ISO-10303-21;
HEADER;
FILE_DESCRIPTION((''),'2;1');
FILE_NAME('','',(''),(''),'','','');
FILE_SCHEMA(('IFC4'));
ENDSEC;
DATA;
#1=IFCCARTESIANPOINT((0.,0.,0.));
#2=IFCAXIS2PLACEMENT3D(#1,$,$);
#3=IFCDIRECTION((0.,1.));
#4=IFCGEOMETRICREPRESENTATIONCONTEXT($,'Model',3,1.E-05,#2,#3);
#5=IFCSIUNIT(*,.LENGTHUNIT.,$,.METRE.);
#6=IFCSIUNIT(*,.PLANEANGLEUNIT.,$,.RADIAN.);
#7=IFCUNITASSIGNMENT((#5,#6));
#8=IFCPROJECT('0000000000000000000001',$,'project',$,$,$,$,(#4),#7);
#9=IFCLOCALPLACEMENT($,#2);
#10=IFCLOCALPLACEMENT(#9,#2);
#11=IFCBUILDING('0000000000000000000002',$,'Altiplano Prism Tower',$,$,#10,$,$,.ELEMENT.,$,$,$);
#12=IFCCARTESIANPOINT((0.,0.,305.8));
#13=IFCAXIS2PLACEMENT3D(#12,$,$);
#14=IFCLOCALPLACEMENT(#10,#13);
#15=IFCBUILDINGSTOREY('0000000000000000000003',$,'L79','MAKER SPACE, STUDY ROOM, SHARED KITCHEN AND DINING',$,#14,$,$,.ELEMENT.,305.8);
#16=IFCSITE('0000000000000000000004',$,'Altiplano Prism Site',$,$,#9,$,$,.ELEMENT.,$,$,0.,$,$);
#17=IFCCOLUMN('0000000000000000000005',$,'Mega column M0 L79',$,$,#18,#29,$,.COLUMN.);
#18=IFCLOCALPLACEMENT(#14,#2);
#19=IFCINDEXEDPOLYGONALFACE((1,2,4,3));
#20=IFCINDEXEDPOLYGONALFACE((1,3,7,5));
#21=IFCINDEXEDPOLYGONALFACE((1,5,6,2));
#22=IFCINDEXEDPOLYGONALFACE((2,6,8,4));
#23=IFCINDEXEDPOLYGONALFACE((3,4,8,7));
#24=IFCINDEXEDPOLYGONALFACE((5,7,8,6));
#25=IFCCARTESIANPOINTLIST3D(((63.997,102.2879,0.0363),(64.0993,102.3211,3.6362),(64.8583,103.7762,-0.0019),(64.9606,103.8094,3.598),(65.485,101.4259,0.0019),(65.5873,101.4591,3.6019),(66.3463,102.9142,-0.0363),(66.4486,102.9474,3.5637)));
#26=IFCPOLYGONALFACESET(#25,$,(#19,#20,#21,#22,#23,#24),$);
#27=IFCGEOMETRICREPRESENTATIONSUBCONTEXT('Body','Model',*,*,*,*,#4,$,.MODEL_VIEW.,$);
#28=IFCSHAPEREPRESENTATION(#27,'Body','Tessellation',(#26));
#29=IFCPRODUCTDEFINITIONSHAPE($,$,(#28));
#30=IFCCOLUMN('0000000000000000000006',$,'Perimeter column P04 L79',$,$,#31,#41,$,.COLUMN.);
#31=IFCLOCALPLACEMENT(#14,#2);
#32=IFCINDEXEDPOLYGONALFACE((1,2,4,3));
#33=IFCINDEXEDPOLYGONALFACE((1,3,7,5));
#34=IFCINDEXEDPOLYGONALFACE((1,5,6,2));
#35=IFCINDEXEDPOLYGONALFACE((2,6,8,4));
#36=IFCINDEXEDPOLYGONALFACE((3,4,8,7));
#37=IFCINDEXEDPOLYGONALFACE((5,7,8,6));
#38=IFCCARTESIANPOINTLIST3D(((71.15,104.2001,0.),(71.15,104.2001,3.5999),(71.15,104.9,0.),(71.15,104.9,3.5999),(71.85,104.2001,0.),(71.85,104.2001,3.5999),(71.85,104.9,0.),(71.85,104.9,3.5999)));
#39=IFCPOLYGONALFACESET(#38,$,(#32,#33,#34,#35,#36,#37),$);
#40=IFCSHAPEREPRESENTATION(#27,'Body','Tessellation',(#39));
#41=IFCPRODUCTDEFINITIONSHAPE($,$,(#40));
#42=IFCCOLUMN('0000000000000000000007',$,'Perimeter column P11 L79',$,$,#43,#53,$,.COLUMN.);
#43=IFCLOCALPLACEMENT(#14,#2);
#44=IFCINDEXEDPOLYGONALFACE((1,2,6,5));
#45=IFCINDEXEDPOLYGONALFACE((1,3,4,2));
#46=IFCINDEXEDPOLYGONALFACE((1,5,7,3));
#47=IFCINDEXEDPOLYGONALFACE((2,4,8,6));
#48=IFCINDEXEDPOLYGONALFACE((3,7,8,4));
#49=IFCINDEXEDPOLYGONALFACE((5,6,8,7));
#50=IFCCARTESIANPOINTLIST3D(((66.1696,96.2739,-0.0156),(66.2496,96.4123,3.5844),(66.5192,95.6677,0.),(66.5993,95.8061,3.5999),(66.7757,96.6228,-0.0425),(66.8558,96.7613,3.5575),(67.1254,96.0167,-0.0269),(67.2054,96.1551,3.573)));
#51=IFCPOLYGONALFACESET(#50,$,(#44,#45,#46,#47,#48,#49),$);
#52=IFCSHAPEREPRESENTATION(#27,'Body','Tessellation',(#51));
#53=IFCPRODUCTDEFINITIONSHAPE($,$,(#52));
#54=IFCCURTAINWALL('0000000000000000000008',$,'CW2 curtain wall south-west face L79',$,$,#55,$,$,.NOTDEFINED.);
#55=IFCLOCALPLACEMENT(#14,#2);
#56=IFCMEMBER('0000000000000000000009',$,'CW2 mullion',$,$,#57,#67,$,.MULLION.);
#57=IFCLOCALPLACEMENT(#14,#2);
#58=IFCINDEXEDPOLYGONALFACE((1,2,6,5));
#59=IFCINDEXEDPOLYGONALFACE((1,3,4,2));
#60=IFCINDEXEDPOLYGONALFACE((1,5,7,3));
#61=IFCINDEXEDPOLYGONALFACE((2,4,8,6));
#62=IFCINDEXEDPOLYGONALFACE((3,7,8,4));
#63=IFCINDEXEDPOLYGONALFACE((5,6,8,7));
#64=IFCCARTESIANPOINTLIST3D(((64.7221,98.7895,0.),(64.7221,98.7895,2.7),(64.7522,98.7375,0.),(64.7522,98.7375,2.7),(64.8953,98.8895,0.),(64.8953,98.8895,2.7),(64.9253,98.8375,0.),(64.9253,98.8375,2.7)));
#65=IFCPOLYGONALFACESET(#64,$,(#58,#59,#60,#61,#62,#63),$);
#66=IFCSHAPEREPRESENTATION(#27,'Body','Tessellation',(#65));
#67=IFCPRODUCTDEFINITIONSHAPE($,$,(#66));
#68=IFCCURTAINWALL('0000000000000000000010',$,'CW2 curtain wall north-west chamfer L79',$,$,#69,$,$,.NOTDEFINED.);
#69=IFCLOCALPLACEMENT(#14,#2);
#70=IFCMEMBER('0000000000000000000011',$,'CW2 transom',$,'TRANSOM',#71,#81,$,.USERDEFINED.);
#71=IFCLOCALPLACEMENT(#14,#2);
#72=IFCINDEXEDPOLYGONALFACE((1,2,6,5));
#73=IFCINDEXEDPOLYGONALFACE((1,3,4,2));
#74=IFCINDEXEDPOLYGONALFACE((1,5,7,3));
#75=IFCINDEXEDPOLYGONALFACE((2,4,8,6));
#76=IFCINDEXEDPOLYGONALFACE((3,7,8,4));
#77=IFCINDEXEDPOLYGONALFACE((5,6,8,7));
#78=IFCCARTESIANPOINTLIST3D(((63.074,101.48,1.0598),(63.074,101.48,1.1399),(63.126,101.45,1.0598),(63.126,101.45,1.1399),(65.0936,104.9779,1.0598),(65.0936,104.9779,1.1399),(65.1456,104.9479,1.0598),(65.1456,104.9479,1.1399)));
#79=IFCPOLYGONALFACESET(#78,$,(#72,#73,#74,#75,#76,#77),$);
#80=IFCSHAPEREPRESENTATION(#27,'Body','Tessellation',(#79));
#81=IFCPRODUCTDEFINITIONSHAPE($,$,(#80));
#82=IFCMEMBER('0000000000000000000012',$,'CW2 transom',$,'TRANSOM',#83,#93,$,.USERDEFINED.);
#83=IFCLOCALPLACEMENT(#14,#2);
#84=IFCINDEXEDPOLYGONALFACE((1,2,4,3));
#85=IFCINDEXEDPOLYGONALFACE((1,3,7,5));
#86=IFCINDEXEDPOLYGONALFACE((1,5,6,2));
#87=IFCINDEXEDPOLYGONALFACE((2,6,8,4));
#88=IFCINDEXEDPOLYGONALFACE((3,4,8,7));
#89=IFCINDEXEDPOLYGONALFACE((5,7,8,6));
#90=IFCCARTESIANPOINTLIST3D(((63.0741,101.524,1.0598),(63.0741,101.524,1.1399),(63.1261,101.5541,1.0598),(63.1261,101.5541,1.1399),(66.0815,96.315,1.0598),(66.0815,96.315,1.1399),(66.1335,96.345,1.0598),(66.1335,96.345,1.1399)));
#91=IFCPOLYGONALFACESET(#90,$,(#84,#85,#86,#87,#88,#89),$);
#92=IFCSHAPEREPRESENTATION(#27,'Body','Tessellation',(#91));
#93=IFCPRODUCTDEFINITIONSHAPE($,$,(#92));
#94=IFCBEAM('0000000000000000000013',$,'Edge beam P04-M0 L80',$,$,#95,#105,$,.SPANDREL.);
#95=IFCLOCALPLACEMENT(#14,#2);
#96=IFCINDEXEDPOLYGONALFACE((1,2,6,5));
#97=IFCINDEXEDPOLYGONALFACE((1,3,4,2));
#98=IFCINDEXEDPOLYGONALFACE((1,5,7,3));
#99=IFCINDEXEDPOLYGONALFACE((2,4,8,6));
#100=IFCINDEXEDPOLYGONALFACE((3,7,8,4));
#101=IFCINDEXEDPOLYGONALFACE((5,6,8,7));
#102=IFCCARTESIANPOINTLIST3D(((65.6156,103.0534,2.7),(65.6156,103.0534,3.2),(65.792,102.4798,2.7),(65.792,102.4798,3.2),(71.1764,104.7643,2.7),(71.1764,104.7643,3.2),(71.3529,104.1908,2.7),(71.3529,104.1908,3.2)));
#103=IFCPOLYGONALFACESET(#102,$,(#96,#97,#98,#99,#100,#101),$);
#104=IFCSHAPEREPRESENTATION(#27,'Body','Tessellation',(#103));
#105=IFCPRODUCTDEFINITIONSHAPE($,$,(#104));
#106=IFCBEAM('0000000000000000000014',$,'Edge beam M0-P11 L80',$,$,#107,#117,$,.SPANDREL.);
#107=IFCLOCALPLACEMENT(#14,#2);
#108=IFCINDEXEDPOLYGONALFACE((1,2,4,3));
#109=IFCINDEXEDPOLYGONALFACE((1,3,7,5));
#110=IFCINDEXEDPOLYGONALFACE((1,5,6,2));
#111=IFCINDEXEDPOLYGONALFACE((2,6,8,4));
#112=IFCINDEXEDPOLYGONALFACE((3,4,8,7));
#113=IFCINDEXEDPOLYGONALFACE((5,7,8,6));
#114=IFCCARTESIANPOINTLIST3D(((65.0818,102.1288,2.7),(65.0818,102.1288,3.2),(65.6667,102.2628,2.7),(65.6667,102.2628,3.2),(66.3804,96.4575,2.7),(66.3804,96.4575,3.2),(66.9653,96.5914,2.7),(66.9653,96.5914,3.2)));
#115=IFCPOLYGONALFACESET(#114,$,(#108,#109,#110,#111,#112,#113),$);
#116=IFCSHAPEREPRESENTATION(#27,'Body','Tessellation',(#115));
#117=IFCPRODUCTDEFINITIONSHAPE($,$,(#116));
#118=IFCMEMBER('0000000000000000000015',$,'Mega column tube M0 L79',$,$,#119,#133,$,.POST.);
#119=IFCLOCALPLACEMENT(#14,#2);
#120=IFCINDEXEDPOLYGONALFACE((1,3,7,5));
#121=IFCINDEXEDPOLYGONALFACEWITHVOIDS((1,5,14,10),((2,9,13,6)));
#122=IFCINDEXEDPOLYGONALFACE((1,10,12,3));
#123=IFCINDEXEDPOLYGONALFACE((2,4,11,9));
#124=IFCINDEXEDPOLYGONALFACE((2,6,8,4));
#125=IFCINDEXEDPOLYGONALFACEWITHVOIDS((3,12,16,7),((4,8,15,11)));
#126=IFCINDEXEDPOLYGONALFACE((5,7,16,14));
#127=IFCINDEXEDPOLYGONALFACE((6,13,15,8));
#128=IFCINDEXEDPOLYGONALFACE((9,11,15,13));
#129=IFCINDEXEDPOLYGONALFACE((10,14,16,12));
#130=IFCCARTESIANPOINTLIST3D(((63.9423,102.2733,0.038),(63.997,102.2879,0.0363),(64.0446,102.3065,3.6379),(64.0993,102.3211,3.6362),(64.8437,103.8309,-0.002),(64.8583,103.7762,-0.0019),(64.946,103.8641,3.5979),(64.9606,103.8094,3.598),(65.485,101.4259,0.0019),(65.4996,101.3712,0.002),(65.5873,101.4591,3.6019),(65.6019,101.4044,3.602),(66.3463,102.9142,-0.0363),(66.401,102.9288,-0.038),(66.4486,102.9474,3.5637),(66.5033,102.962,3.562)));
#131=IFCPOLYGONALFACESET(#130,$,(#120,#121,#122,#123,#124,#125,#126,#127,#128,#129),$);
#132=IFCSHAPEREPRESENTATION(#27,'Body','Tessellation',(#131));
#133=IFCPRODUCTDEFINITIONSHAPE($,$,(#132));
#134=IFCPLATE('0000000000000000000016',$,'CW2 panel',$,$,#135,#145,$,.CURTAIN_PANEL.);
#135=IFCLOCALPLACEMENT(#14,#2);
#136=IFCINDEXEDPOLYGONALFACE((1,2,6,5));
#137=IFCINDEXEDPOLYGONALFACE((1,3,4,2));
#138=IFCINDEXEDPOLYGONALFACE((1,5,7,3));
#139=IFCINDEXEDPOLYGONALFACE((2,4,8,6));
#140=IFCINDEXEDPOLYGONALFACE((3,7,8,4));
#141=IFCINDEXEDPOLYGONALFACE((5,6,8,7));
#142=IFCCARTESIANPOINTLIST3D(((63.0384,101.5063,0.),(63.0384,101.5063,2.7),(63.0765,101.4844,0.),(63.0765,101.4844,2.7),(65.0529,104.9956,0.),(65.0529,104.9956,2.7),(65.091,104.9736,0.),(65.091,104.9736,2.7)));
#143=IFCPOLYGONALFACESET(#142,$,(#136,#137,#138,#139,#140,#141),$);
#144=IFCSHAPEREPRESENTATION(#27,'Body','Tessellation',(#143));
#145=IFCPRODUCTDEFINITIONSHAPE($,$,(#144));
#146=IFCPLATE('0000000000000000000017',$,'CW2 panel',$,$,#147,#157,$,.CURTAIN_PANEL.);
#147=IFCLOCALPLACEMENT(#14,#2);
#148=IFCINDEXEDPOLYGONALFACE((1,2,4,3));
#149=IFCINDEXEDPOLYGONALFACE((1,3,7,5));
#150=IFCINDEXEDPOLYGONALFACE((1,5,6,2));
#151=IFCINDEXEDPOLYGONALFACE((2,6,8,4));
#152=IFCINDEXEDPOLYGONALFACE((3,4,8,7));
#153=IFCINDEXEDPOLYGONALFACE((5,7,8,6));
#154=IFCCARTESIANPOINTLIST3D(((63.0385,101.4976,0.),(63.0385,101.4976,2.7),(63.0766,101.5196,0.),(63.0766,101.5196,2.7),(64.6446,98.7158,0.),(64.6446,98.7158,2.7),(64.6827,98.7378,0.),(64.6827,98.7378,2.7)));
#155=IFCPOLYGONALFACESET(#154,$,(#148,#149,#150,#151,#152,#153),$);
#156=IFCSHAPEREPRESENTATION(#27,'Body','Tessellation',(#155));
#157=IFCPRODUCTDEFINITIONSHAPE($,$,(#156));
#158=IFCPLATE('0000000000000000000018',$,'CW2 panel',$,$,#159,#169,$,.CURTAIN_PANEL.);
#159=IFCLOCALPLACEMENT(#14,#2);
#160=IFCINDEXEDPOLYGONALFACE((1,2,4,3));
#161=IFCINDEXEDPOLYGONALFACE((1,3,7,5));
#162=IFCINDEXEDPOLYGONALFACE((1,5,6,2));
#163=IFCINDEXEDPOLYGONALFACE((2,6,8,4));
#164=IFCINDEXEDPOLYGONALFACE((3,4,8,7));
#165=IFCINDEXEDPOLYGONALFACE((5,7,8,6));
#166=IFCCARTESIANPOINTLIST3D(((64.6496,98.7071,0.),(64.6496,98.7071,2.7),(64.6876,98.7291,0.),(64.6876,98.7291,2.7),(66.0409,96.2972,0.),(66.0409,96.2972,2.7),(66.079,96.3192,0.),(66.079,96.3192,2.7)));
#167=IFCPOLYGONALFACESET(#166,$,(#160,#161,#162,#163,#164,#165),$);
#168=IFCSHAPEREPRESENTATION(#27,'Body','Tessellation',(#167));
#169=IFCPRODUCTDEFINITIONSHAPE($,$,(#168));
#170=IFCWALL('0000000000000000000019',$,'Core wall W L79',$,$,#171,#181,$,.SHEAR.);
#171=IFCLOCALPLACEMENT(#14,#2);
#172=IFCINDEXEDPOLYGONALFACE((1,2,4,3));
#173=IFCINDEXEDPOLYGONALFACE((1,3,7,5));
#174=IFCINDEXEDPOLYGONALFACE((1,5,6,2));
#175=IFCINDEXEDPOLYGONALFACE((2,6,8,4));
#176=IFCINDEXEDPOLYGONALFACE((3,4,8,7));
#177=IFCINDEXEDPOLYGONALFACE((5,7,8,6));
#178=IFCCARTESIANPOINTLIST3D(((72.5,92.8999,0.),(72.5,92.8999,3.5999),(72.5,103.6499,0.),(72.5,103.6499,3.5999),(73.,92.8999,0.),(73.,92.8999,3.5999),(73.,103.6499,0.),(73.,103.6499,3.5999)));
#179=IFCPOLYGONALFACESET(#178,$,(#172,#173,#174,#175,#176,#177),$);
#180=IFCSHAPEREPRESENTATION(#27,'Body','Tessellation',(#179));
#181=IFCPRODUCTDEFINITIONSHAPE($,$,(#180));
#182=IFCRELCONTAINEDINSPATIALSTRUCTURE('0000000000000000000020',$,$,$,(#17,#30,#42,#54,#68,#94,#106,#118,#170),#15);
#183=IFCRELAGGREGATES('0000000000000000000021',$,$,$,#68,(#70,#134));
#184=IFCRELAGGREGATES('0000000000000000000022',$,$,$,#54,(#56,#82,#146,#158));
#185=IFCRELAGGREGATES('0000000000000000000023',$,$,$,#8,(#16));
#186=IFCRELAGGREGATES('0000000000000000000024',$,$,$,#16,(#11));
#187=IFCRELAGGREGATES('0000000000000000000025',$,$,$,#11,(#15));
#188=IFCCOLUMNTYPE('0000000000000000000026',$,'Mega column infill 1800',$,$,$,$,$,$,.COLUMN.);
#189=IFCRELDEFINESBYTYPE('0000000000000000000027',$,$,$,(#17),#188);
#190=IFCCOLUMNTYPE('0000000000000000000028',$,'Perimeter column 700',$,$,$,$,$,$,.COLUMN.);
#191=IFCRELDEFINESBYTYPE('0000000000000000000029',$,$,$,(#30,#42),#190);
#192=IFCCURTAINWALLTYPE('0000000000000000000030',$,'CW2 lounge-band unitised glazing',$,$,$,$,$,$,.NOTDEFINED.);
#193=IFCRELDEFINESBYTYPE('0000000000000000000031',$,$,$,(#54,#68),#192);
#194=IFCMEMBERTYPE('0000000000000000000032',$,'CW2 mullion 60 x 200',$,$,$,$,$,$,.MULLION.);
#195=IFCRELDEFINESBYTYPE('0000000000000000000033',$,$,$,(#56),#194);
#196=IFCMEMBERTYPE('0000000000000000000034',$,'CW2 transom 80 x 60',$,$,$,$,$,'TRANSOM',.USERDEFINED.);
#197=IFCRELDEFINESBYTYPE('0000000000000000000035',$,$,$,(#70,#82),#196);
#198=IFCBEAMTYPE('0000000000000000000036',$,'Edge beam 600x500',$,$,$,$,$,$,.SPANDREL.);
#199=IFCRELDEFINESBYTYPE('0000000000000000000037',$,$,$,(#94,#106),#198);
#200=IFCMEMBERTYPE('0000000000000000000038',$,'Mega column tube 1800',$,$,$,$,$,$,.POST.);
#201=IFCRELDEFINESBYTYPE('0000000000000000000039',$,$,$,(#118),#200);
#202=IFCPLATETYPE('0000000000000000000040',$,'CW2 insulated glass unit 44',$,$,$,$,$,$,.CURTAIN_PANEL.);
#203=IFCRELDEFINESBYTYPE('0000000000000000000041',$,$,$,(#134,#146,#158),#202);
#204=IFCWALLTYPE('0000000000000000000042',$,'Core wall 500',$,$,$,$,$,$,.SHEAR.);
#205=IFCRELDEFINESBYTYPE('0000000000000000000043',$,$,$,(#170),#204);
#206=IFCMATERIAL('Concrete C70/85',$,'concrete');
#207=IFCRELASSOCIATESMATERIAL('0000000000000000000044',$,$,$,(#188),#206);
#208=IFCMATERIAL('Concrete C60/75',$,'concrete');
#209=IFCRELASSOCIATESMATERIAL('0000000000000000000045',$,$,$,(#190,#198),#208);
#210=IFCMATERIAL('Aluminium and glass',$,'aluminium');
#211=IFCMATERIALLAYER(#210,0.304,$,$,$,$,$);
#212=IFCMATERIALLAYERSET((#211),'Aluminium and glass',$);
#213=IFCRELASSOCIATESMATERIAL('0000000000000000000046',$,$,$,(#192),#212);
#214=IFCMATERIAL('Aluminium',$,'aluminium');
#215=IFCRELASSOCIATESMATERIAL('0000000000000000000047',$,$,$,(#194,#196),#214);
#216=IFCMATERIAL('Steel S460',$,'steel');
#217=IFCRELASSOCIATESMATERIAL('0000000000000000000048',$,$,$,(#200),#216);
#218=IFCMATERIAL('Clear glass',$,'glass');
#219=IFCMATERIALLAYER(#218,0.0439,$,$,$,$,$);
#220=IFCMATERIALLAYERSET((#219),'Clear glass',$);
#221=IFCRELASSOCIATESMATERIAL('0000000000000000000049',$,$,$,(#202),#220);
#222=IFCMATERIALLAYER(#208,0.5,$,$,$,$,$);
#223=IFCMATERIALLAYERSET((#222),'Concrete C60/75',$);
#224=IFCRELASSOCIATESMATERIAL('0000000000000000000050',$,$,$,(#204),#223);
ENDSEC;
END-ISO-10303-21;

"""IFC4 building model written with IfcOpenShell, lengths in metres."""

from ifc_helpers import new_model, si_unit, direction, frame, frame_2d, origin, origin_2d, place, context, subcontext, project, spatial, rectangle, hollow_rectangle, extrude, material, layer, layer_set, material_profile, profile_set, type_object, element, aggregate, save


model = new_model("IFC4")

# Units and contexts
model_context = context("Model", 3, precision=1e-05, world=origin(), true_north=direction((0.0, 1.0)))
body_context = subcontext(model_context, "Body", "Model", "MODEL_VIEW")
ifc_project = project(units=[si_unit("LENGTHUNIT", "METRE"), si_unit("PLANEANGLEUNIT", "RADIAN")], contexts=[model_context])

# Site, building, storey
site_placement = place(None, origin())
site = spatial("IfcSite", under=ifc_project, at=site_placement, Name="Altiplano Prism Site", CompositionType="ELEMENT", RefElevation=0.0)
building_placement = place(site_placement, origin())
building = spatial("IfcBuilding", under=site, at=building_placement, Name="Altiplano Prism Tower", CompositionType="ELEMENT")
storey_placement = place(building_placement, frame((0.0, 0.0, 305.8)))
storey = spatial("IfcBuildingStorey", under=building, at=storey_placement, Name="L79", Description="MAKER SPACE, STUDY ROOM, SHARED KITCHEN AND DINING", CompositionType="ELEMENT", Elevation=305.8)

# Columns
ifc_material_1 = material(Name="Concrete C70/85", Category="concrete")
ifc_material_profile_1 = material_profile(ifc_material_1, rectangle(XDim=1.72, YDim=1.72, at=origin_2d()), Name="Mega column infill 1800")
ifc_profile_set_1 = profile_set([ifc_material_profile_1], Name="Concrete C70/85")
column_type_1 = type_object("IfcColumnType", Name="Mega column infill 1800", PredefinedType="COLUMN", material=ifc_profile_set_1)
column_1_placement = place(storey_placement, frame((65.1716, 102.6011, 0.0), z_axis=(0.028404, 0.009219, 0.999554), x_axis=(-0.865123, 0.501162, 0.019961)))
element("IfcColumn", 1, at=column_1_placement, inside=storey, type_object=column_type_1, Name="Mega column M0 L79", PredefinedType="COLUMN", context=body_context, shape_type="SweptSolid", body=[
    extrude(rectangle(XDim=1.72, YDim=1.72, at=origin_2d()), origin(), (0.0, 0.0, 1.0), 3.6016),
])
ifc_material_2 = material(Name="Concrete C60/75", Category="concrete")
ifc_material_profile_2 = material_profile(ifc_material_2, rectangle(XDim=0.7, YDim=0.7, at=origin_2d()), Name="Perimeter column 700")
ifc_profile_set_2 = profile_set([ifc_material_profile_2], Name="Concrete C60/75")
column_type_2 = type_object("IfcColumnType", Name="Perimeter column 700", PredefinedType="COLUMN", material=ifc_profile_set_2)
column_2_placement = place(storey_placement, frame((71.5, 104.55, 0.0), z_axis=(0.0, 0.0, 1.0), x_axis=(1.0, 0.0, 0.0)))
element("IfcColumn", 2, at=column_2_placement, inside=storey, type_object=column_type_2, Name="Perimeter column P04 L79", PredefinedType="COLUMN", context=body_context, shape_type="SweptSolid", body=[
    extrude(rectangle(XDim=0.7, YDim=0.7, at=origin_2d()), origin(), (0.0, 0.0, 1.0), 3.5999),
])
column_3_placement = place(storey_placement, frame((66.6475, 96.1453, -0.0212), z_axis=(0.022223, 0.038416, 0.999015), x_axis=(-0.866019, -0.498532, 0.038435)))
element("IfcColumn", 3, at=column_3_placement, inside=storey, type_object=column_type_2, Name="Perimeter column P11 L79", PredefinedType="COLUMN", context=body_context, shape_type="SweptSolid", body=[
    extrude(rectangle(XDim=0.7, YDim=0.7, at=origin_2d()), origin(), (0.0, 0.0, 1.0), 3.6035),
])

# Curtain walls, members
ifc_material_3 = material(Name="Aluminium and glass", Category="aluminium")
ifc_layer_1 = layer(ifc_material_3, 0.304)
ifc_layer_set_1 = layer_set([ifc_layer_1], Name="Aluminium and glass")
curtain_wall_type = type_object("IfcCurtainWallType", Name="CW2 lounge-band unitised glazing", PredefinedType="NOTDEFINED", material=ifc_layer_set_1)
curtain_wall_1_placement = place(storey_placement, origin())
curtain_wall_1 = element("IfcCurtainWall", 4, at=curtain_wall_1_placement, inside=storey, type_object=curtain_wall_type, Name="CW2 curtain wall south-west face L79", PredefinedType="NOTDEFINED")
ifc_material_4 = material(Name="Aluminium", Category="aluminium")
ifc_material_profile_3 = material_profile(ifc_material_4, rectangle(XDim=0.2, YDim=0.0601, at=origin_2d()), Name="CW2 mullion 60 x 200")
ifc_profile_set_3 = profile_set([ifc_material_profile_3], Name="Aluminium")
member_type_1 = type_object("IfcMemberType", Name="CW2 mullion 60 x 200", PredefinedType="MULLION", material=ifc_profile_set_3)
member_1_placement = place(storey_placement, frame((64.8237, 98.8135, 0.0), z_axis=(0.0, 0.0, 1.0), x_axis=(0.866025, 0.5, 0.0)))
member_1 = element("IfcMember", 5, at=member_1_placement, type_object=member_type_1, Name="CW2 mullion", PredefinedType="MULLION", context=body_context, shape_type="SweptSolid", body=[
    extrude(rectangle(XDim=0.2, YDim=0.0601, at=origin_2d()), origin(), (0.0, 0.0, 1.0), 2.7),
])
curtain_wall_2_placement = place(storey_placement, origin())
curtain_wall_2 = element("IfcCurtainWall", 6, at=curtain_wall_2_placement, inside=storey, type_object=curtain_wall_type, Name="CW2 curtain wall north-west chamfer L79", PredefinedType="NOTDEFINED")
ifc_material_profile_4 = material_profile(ifc_material_4, rectangle(XDim=0.0601, YDim=0.0801, at=origin_2d()), Name="CW2 transom 80 x 60")
ifc_profile_set_4 = profile_set([ifc_material_profile_4], Name="Aluminium")
member_type_2 = type_object("IfcMemberType", Name="CW2 transom 80 x 60", ElementType="TRANSOM", PredefinedType="USERDEFINED", material=ifc_profile_set_4)
member_2_placement = place(storey_placement, frame((65.1196, 104.9629, 1.0999), z_axis=(-0.500014, -0.866017, 0.0), x_axis=(0.866017, -0.500014, 0.0)))
member_2 = element("IfcMember", 7, at=member_2_placement, type_object=member_type_2, Name="CW2 transom", ObjectType="TRANSOM", PredefinedType="USERDEFINED", context=body_context, shape_type="SweptSolid", body=[
    extrude(rectangle(XDim=0.0601, YDim=0.0801, at=origin_2d()), origin(), (0.0, 0.0, 1.0), 4.0391),
])

# Member
member_3_placement = place(storey_placement, frame((63.1001, 101.5391, 1.0999), z_axis=(0.499989, -0.866031, 0.0), x_axis=(0.866031, 0.499989, 0.0)))
member_3 = element("IfcMember", 8, at=member_3_placement, type_object=member_type_2, Name="CW2 transom", ObjectType="TRANSOM", PredefinedType="USERDEFINED", context=body_context, shape_type="SweptSolid", body=[
    extrude(rectangle(XDim=0.0601, YDim=0.0801, at=origin_2d()), origin(), (0.0, 0.0, 1.0), 6.0149),
])

# Beams
ifc_material_profile_5 = material_profile(ifc_material_2, rectangle(XDim=0.6001, YDim=0.5, at=origin_2d()), Name="Edge beam 600x500")
ifc_profile_set_5 = profile_set([ifc_material_profile_5], Name="Concrete C60/75")
beam_type = type_object("IfcBeamType", Name="Edge beam 600x500", PredefinedType="SPANDREL", material=ifc_profile_set_5)
for number, where, z_axis, x_axis, name in (
    (9, (71.2646, 104.4775, 2.95), (-0.955783, -0.294074, 0.0), (0.294074, -0.955783, 0.0), "Edge beam P04-M0 L80"),
    (10, (65.3743, 102.1958, 2.95), (0.223195, -0.974774, 0.0), (0.974774, 0.223195, 0.0), "Edge beam M0-P11 L80"),
):
    element("IfcBeam", number, at=place(storey_placement, frame(where, z_axis=z_axis, x_axis=x_axis)), inside=storey, type_object=beam_type, Name=name, PredefinedType="SPANDREL", context=body_context, shape_type="SweptSolid", body=[
        extrude(rectangle(XDim=0.6001, YDim=0.5, at=origin_2d()), origin(), (0.0, 0.0, 1.0), 5.8181),
    ])

# Member
ifc_material_5 = material(Name="Steel S460", Category="steel")
ifc_material_profile_6 = material_profile(ifc_material_5, hollow_rectangle(XDim=1.8, YDim=1.8, WallThickness=0.04, at=origin_2d()), Name="Mega column tube 1800")
ifc_profile_set_6 = profile_set([ifc_material_profile_6], Name="Steel S460")
member_type_3 = type_object("IfcMemberType", Name="Mega column tube 1800", PredefinedType="POST", material=ifc_profile_set_6)
member_4_placement = place(storey_placement, frame((65.1716, 102.6011, 0.0), z_axis=(0.028404, 0.009219, 0.999554), x_axis=(-0.865123, 0.501162, 0.019961)))
element("IfcMember", 11, at=member_4_placement, inside=storey, type_object=member_type_3, Name="Mega column tube M0 L79", PredefinedType="POST", context=body_context, shape_type="SweptSolid", body=[
    extrude(hollow_rectangle(XDim=1.8, YDim=1.8, WallThickness=0.04, at=origin_2d()), origin(), (0.0, 0.0, 1.0), 3.6016),
])

# Plates
ifc_material_6 = material(Name="Clear glass", Category="glass")
ifc_layer_2 = layer(ifc_material_6, 0.0439)
ifc_layer_set_2 = layer_set([ifc_layer_2], Name="Clear glass")
plate_type = type_object("IfcPlateType", Name="CW2 insulated glass unit 44", PredefinedType="CURTAIN_PANEL", material=ifc_layer_set_2)
plate_1_placement = place(storey_placement, frame((64.0647, 103.24, 0.0), z_axis=(0.0, 0.0, 1.0), x_axis=(-0.5, -0.866025, 0.0)))
plate_1 = element("IfcPlate", 12, at=plate_1_placement, type_object=plate_type, Name="CW2 panel", PredefinedType="CURTAIN_PANEL", context=body_context, shape_type="SweptSolid", body=[
    extrude(rectangle(XDim=4.0291, YDim=0.0439, at=origin_2d()), origin(), (0.0, 0.0, 1.0), 2.7),
])
aggregate(curtain_wall_2, [member_2, plate_1])
plate_2_placement = place(storey_placement, frame((63.8606, 100.1177, 0.0), z_axis=(0.0, 0.0, 1.0), x_axis=(0.5, -0.866025, 0.0)))
plate_2 = element("IfcPlate", 13, at=plate_2_placement, type_object=plate_type, Name="CW2 panel", PredefinedType="CURTAIN_PANEL", context=body_context, shape_type="SweptSolid", body=[
    extrude(rectangle(XDim=3.2122, YDim=0.0439, at=origin_2d()), origin(), (0.0, 0.0, 1.0), 2.7),
])
plate_3_placement = place(storey_placement, frame((65.3643, 97.5132, 0.0), z_axis=(0.0, 0.0, 1.0), x_axis=(0.5, -0.866025, 0.0)))
plate_3 = element("IfcPlate", 14, at=plate_3_placement, type_object=plate_type, Name="CW2 panel", PredefinedType="CURTAIN_PANEL", context=body_context, shape_type="SweptSolid", body=[
    extrude(rectangle(XDim=2.7827, YDim=0.0439, at=origin_2d()), origin(), (0.0, 0.0, 1.0), 2.7),
])
aggregate(curtain_wall_1, [member_1, member_3, plate_2, plate_3])

# Wall
ifc_layer_3 = layer(ifc_material_2, 0.5)
ifc_layer_set_3 = layer_set([ifc_layer_3], Name="Concrete C60/75")
wall_type_1 = type_object("IfcWallType", Name="Core wall 500", PredefinedType="SHEAR", material=ifc_layer_set_3)
wall_1_placement = place(storey_placement, frame((72.75, 103.6499, 0.0), z_axis=(0.0, 0.0, 1.0), x_axis=(0.0, -1.0, 0.0)))
element("IfcWall", 15, at=wall_1_placement, inside=storey, type_object=wall_type_1, Name="Core wall W L79", PredefinedType="SHEAR", context=body_context, shape_type="SweptSolid", body=[
    extrude(rectangle(XDim=10.75, YDim=0.5, at=frame_2d((5.375, 0.0))), origin(), (0.0, 0.0, 1.0), 3.5999),
])

save(model, "model.ifc")
